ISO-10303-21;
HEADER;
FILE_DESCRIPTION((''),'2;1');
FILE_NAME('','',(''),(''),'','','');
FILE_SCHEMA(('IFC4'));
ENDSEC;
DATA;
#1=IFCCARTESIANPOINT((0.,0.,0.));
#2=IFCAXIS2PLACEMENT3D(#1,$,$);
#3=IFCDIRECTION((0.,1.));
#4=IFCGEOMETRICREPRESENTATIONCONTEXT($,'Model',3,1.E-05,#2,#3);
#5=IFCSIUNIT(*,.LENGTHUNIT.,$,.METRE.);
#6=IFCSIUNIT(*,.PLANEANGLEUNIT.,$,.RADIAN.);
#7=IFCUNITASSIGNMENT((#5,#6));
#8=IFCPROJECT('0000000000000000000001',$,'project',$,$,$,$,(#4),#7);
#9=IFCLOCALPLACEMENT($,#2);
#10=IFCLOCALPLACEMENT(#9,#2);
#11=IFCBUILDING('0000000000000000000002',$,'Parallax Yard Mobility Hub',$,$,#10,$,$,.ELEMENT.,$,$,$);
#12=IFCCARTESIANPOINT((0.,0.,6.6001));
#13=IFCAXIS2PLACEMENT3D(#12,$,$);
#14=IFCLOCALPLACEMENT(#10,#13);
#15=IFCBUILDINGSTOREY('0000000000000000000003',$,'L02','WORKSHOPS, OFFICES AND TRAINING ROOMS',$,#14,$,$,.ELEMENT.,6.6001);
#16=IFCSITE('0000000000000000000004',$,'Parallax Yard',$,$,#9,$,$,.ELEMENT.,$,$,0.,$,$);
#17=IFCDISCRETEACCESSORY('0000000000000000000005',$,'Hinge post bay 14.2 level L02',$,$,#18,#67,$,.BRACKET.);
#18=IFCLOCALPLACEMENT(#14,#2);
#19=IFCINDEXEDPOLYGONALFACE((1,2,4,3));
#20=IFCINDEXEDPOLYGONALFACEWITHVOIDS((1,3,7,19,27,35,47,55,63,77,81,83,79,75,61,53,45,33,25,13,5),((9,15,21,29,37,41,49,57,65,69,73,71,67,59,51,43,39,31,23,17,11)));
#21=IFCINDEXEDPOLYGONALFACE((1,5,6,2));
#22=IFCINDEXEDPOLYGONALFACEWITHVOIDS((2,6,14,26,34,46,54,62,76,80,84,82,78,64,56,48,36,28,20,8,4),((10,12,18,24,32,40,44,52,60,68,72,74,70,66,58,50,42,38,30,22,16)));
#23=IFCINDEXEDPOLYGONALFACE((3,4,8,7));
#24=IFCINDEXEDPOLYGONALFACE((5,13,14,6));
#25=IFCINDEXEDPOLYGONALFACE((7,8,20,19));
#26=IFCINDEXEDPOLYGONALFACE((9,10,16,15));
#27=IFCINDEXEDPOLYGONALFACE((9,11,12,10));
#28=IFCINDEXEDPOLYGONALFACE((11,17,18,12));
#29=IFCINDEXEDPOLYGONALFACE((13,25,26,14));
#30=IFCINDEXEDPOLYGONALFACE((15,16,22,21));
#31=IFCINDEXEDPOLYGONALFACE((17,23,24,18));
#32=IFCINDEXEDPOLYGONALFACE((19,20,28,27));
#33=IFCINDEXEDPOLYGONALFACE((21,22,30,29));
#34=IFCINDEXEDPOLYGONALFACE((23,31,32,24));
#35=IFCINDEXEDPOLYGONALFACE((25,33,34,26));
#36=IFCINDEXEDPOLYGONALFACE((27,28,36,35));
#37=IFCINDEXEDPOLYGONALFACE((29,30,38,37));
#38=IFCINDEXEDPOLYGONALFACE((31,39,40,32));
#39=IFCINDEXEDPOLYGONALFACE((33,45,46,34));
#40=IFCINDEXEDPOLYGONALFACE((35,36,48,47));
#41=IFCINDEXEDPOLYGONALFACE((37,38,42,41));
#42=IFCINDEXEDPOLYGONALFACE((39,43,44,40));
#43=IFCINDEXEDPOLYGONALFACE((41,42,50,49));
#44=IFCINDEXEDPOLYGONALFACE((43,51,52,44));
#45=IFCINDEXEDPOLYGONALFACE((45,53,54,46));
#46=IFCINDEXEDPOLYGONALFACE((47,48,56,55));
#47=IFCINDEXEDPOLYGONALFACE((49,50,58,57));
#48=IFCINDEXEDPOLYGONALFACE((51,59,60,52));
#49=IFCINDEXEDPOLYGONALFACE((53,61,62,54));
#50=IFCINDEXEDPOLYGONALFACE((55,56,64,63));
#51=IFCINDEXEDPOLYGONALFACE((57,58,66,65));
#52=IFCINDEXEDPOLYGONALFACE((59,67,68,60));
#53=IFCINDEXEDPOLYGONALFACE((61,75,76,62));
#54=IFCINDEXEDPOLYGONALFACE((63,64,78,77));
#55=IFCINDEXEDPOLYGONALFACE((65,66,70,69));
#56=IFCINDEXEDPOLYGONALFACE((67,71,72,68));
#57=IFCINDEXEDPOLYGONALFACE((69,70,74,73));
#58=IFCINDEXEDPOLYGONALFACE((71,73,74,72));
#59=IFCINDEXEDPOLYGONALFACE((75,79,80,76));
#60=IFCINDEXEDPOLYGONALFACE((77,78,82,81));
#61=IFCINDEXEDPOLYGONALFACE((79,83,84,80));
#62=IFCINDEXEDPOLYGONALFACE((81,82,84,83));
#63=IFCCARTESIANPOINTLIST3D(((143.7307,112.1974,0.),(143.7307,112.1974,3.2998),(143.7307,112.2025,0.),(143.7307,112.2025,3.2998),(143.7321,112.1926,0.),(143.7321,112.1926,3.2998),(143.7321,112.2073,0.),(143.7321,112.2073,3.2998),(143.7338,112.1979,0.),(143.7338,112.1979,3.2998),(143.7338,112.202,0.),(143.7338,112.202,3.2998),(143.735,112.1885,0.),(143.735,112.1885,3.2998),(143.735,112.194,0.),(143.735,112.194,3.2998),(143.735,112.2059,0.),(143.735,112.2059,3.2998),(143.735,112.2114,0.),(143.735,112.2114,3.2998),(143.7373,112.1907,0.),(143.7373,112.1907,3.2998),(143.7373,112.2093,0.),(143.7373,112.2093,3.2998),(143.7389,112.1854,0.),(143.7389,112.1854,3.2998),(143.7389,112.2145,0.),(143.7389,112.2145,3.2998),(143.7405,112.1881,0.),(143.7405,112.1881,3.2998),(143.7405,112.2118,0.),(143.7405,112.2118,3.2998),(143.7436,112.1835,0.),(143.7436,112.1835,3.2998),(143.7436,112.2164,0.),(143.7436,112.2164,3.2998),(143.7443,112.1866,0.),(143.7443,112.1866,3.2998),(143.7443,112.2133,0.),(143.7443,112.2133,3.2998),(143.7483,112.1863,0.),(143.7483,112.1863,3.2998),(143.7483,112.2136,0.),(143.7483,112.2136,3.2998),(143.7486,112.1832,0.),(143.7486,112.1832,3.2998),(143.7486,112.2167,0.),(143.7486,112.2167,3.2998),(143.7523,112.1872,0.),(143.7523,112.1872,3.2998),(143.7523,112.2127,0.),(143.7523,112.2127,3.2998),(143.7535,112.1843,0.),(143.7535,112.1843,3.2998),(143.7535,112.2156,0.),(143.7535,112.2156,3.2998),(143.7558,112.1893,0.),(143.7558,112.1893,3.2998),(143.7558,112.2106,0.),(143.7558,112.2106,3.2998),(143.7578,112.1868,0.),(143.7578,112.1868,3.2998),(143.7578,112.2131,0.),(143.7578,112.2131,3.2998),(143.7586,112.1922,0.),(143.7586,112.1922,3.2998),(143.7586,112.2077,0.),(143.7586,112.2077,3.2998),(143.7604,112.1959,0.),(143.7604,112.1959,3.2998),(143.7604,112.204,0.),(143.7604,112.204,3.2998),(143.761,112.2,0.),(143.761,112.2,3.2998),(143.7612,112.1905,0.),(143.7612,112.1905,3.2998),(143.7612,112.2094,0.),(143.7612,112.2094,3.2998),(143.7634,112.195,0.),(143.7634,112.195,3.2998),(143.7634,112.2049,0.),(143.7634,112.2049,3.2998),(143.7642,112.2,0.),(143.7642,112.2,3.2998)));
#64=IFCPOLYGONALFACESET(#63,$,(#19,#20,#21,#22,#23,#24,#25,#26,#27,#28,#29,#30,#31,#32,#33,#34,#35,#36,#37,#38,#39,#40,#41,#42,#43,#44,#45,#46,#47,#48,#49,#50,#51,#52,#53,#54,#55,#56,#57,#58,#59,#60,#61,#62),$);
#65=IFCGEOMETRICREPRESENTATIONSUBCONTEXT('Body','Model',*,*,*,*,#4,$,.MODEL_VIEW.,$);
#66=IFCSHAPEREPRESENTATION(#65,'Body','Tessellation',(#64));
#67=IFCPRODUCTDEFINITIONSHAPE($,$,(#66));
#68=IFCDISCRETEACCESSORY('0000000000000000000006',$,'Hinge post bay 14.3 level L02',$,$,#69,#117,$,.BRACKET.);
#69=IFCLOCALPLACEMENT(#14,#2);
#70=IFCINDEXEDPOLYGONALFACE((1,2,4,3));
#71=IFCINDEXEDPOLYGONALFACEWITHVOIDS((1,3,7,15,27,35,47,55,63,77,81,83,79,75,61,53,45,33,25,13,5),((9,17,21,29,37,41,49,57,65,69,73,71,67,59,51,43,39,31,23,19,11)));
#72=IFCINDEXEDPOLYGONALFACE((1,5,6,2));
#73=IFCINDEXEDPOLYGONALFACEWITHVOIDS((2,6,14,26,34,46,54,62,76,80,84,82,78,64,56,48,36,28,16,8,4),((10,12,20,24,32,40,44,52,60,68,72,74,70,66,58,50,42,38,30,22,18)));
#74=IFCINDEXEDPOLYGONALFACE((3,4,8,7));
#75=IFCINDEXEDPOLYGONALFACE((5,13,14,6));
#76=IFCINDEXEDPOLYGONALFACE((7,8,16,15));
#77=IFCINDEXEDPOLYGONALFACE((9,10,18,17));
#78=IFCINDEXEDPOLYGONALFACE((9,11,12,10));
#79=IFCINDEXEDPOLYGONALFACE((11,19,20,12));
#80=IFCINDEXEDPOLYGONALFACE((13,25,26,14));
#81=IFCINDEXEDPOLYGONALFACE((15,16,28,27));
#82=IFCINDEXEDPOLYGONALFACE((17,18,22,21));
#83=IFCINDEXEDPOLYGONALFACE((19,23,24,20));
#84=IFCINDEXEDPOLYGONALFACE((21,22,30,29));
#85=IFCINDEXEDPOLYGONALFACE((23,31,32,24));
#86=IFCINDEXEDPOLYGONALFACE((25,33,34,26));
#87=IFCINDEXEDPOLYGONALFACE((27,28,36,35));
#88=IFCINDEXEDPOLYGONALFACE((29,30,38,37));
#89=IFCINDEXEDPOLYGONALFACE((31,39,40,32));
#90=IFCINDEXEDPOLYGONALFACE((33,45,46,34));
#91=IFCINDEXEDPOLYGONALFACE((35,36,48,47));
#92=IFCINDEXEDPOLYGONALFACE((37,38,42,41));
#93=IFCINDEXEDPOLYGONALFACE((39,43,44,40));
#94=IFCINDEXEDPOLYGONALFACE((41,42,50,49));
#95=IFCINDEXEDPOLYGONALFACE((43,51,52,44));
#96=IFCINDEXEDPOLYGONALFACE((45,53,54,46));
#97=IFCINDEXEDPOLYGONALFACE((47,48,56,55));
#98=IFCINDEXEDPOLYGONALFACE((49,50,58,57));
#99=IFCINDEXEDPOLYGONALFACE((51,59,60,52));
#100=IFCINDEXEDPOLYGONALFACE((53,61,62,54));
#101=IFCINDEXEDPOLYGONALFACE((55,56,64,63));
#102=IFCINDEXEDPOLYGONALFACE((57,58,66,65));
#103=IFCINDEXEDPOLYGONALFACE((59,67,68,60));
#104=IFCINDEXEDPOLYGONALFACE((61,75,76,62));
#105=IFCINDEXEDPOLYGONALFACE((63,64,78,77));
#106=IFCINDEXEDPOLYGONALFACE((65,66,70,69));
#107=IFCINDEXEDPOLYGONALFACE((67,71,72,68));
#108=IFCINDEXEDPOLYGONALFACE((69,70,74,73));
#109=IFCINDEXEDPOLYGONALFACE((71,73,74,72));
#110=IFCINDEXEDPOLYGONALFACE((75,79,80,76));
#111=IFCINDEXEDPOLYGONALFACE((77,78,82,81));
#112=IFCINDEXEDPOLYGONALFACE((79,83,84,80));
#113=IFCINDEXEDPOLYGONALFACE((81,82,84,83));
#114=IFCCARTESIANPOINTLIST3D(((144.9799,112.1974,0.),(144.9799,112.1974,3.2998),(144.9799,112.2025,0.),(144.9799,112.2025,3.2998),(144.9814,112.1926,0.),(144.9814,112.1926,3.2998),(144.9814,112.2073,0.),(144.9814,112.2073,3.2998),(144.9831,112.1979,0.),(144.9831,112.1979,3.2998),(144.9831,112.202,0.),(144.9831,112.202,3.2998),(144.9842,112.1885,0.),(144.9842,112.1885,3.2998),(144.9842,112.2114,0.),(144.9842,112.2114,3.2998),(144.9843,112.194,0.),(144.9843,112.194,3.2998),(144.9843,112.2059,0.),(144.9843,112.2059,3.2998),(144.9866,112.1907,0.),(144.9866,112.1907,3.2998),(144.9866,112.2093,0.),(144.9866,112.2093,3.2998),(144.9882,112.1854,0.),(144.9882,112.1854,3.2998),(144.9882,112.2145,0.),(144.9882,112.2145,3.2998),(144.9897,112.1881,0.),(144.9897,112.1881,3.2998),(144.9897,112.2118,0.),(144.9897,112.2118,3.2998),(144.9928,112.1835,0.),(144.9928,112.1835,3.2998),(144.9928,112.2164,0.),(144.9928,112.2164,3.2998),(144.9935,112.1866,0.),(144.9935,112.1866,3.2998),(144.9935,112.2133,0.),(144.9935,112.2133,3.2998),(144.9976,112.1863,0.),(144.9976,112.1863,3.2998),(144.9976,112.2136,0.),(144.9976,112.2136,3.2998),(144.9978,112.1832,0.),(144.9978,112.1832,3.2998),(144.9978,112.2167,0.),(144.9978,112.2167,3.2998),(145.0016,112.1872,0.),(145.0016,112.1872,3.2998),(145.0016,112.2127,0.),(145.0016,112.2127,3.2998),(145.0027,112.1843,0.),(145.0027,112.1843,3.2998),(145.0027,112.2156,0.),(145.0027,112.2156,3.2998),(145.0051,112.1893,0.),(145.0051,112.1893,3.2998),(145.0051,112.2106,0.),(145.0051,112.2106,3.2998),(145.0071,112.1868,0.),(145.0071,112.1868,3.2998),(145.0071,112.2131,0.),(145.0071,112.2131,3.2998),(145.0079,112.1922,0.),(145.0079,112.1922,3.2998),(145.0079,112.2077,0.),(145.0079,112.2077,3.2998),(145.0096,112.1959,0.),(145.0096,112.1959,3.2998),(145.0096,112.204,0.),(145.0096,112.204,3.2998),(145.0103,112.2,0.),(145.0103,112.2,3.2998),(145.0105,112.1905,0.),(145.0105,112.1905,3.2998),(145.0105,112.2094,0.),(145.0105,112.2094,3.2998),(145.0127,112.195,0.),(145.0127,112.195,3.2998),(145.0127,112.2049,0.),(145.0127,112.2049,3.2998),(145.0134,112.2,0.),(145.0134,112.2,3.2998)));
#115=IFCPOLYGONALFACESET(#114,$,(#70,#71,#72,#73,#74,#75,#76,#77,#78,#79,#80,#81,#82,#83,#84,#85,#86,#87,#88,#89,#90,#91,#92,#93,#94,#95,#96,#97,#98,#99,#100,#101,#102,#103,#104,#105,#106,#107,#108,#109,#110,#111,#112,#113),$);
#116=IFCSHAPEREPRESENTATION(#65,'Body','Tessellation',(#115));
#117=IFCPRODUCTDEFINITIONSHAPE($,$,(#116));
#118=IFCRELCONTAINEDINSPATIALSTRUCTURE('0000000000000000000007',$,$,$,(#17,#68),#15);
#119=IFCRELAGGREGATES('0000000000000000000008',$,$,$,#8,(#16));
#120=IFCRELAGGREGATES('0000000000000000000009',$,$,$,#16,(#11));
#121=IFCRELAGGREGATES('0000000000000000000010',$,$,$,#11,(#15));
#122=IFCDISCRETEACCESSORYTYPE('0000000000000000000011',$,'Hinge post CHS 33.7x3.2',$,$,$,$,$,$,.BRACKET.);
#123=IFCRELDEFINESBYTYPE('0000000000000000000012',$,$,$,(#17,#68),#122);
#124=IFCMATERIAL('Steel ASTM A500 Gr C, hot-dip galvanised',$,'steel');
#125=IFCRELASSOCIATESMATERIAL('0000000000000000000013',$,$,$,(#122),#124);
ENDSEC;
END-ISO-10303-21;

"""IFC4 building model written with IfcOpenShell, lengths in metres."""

from ifc_helpers import new_model, si_unit, direction, frame, origin, origin_2d, place, context, subcontext, project, spatial, hollow_circle, extrude, material, material_profile, profile_set, type_object, element, save


model = new_model("IFC4")

# Units and contexts
model_context = context("Model", 3, precision=1e-05, world=origin(), true_north=direction((0.0, 1.0)))
body_context = subcontext(model_context, "Body", "Model", "MODEL_VIEW")
ifc_project = project(units=[si_unit("LENGTHUNIT", "METRE"), si_unit("PLANEANGLEUNIT", "RADIAN")], contexts=[model_context])

# Site, building, storey
site_placement = place(None, origin())
site = spatial("IfcSite", under=ifc_project, at=site_placement, Name="Parallax Yard", CompositionType="ELEMENT", RefElevation=0.0)
building_placement = place(site_placement, origin())
building = spatial("IfcBuilding", under=site, at=building_placement, Name="Parallax Yard Mobility Hub", CompositionType="ELEMENT")
storey_placement = place(building_placement, frame((0.0, 0.0, 6.6001)))
storey = spatial("IfcBuildingStorey", under=building, at=storey_placement, Name="L02", Description="WORKSHOPS, OFFICES AND TRAINING ROOMS", CompositionType="ELEMENT", Elevation=6.6001)

# Discrete accessories
ifc_material_1 = material(Name="Steel ASTM A500 Gr C, hot-dip galvanised", Category="steel")
ifc_material_profile_1 = material_profile(ifc_material_1, hollow_circle(Radius=0.0168, WallThickness=0.0032, at=origin_2d()), Name="CHS 33.7x3.2")
ifc_profile_set_1 = profile_set([ifc_material_profile_1], Name="Steel ASTM A500 Gr C, hot-dip galvanised")
discrete_accessory_type_1 = type_object("IfcDiscreteAccessoryType", Name="Hinge post CHS 33.7x3.2", PredefinedType="BRACKET", material=ifc_profile_set_1)
for number, where, z_axis, x_axis, name in (
    (1, (143.7473, 112.2, 0.0), (0.0, 0.0, 1.0), (1.0, 0.0, 0.0), "Hinge post bay 14.2 level L02"),
    (2, (144.9966, 112.2, 0.0), (0.0, 0.0, 1.0), (1.0, 0.0, 0.0), "Hinge post bay 14.3 level L02"),
):
    element("IfcDiscreteAccessory", number, at=place(storey_placement, frame(where, z_axis=z_axis, x_axis=x_axis)), inside=storey, type_object=discrete_accessory_type_1, Name=name, PredefinedType="BRACKET", context=body_context, shape_type="SweptSolid", body=[
        extrude(hollow_circle(Radius=0.0168, WallThickness=0.0032, at=origin_2d()), origin(), (0.0, 0.0, 1.0), 3.2998),
    ])

save(model, "model.ifc")
